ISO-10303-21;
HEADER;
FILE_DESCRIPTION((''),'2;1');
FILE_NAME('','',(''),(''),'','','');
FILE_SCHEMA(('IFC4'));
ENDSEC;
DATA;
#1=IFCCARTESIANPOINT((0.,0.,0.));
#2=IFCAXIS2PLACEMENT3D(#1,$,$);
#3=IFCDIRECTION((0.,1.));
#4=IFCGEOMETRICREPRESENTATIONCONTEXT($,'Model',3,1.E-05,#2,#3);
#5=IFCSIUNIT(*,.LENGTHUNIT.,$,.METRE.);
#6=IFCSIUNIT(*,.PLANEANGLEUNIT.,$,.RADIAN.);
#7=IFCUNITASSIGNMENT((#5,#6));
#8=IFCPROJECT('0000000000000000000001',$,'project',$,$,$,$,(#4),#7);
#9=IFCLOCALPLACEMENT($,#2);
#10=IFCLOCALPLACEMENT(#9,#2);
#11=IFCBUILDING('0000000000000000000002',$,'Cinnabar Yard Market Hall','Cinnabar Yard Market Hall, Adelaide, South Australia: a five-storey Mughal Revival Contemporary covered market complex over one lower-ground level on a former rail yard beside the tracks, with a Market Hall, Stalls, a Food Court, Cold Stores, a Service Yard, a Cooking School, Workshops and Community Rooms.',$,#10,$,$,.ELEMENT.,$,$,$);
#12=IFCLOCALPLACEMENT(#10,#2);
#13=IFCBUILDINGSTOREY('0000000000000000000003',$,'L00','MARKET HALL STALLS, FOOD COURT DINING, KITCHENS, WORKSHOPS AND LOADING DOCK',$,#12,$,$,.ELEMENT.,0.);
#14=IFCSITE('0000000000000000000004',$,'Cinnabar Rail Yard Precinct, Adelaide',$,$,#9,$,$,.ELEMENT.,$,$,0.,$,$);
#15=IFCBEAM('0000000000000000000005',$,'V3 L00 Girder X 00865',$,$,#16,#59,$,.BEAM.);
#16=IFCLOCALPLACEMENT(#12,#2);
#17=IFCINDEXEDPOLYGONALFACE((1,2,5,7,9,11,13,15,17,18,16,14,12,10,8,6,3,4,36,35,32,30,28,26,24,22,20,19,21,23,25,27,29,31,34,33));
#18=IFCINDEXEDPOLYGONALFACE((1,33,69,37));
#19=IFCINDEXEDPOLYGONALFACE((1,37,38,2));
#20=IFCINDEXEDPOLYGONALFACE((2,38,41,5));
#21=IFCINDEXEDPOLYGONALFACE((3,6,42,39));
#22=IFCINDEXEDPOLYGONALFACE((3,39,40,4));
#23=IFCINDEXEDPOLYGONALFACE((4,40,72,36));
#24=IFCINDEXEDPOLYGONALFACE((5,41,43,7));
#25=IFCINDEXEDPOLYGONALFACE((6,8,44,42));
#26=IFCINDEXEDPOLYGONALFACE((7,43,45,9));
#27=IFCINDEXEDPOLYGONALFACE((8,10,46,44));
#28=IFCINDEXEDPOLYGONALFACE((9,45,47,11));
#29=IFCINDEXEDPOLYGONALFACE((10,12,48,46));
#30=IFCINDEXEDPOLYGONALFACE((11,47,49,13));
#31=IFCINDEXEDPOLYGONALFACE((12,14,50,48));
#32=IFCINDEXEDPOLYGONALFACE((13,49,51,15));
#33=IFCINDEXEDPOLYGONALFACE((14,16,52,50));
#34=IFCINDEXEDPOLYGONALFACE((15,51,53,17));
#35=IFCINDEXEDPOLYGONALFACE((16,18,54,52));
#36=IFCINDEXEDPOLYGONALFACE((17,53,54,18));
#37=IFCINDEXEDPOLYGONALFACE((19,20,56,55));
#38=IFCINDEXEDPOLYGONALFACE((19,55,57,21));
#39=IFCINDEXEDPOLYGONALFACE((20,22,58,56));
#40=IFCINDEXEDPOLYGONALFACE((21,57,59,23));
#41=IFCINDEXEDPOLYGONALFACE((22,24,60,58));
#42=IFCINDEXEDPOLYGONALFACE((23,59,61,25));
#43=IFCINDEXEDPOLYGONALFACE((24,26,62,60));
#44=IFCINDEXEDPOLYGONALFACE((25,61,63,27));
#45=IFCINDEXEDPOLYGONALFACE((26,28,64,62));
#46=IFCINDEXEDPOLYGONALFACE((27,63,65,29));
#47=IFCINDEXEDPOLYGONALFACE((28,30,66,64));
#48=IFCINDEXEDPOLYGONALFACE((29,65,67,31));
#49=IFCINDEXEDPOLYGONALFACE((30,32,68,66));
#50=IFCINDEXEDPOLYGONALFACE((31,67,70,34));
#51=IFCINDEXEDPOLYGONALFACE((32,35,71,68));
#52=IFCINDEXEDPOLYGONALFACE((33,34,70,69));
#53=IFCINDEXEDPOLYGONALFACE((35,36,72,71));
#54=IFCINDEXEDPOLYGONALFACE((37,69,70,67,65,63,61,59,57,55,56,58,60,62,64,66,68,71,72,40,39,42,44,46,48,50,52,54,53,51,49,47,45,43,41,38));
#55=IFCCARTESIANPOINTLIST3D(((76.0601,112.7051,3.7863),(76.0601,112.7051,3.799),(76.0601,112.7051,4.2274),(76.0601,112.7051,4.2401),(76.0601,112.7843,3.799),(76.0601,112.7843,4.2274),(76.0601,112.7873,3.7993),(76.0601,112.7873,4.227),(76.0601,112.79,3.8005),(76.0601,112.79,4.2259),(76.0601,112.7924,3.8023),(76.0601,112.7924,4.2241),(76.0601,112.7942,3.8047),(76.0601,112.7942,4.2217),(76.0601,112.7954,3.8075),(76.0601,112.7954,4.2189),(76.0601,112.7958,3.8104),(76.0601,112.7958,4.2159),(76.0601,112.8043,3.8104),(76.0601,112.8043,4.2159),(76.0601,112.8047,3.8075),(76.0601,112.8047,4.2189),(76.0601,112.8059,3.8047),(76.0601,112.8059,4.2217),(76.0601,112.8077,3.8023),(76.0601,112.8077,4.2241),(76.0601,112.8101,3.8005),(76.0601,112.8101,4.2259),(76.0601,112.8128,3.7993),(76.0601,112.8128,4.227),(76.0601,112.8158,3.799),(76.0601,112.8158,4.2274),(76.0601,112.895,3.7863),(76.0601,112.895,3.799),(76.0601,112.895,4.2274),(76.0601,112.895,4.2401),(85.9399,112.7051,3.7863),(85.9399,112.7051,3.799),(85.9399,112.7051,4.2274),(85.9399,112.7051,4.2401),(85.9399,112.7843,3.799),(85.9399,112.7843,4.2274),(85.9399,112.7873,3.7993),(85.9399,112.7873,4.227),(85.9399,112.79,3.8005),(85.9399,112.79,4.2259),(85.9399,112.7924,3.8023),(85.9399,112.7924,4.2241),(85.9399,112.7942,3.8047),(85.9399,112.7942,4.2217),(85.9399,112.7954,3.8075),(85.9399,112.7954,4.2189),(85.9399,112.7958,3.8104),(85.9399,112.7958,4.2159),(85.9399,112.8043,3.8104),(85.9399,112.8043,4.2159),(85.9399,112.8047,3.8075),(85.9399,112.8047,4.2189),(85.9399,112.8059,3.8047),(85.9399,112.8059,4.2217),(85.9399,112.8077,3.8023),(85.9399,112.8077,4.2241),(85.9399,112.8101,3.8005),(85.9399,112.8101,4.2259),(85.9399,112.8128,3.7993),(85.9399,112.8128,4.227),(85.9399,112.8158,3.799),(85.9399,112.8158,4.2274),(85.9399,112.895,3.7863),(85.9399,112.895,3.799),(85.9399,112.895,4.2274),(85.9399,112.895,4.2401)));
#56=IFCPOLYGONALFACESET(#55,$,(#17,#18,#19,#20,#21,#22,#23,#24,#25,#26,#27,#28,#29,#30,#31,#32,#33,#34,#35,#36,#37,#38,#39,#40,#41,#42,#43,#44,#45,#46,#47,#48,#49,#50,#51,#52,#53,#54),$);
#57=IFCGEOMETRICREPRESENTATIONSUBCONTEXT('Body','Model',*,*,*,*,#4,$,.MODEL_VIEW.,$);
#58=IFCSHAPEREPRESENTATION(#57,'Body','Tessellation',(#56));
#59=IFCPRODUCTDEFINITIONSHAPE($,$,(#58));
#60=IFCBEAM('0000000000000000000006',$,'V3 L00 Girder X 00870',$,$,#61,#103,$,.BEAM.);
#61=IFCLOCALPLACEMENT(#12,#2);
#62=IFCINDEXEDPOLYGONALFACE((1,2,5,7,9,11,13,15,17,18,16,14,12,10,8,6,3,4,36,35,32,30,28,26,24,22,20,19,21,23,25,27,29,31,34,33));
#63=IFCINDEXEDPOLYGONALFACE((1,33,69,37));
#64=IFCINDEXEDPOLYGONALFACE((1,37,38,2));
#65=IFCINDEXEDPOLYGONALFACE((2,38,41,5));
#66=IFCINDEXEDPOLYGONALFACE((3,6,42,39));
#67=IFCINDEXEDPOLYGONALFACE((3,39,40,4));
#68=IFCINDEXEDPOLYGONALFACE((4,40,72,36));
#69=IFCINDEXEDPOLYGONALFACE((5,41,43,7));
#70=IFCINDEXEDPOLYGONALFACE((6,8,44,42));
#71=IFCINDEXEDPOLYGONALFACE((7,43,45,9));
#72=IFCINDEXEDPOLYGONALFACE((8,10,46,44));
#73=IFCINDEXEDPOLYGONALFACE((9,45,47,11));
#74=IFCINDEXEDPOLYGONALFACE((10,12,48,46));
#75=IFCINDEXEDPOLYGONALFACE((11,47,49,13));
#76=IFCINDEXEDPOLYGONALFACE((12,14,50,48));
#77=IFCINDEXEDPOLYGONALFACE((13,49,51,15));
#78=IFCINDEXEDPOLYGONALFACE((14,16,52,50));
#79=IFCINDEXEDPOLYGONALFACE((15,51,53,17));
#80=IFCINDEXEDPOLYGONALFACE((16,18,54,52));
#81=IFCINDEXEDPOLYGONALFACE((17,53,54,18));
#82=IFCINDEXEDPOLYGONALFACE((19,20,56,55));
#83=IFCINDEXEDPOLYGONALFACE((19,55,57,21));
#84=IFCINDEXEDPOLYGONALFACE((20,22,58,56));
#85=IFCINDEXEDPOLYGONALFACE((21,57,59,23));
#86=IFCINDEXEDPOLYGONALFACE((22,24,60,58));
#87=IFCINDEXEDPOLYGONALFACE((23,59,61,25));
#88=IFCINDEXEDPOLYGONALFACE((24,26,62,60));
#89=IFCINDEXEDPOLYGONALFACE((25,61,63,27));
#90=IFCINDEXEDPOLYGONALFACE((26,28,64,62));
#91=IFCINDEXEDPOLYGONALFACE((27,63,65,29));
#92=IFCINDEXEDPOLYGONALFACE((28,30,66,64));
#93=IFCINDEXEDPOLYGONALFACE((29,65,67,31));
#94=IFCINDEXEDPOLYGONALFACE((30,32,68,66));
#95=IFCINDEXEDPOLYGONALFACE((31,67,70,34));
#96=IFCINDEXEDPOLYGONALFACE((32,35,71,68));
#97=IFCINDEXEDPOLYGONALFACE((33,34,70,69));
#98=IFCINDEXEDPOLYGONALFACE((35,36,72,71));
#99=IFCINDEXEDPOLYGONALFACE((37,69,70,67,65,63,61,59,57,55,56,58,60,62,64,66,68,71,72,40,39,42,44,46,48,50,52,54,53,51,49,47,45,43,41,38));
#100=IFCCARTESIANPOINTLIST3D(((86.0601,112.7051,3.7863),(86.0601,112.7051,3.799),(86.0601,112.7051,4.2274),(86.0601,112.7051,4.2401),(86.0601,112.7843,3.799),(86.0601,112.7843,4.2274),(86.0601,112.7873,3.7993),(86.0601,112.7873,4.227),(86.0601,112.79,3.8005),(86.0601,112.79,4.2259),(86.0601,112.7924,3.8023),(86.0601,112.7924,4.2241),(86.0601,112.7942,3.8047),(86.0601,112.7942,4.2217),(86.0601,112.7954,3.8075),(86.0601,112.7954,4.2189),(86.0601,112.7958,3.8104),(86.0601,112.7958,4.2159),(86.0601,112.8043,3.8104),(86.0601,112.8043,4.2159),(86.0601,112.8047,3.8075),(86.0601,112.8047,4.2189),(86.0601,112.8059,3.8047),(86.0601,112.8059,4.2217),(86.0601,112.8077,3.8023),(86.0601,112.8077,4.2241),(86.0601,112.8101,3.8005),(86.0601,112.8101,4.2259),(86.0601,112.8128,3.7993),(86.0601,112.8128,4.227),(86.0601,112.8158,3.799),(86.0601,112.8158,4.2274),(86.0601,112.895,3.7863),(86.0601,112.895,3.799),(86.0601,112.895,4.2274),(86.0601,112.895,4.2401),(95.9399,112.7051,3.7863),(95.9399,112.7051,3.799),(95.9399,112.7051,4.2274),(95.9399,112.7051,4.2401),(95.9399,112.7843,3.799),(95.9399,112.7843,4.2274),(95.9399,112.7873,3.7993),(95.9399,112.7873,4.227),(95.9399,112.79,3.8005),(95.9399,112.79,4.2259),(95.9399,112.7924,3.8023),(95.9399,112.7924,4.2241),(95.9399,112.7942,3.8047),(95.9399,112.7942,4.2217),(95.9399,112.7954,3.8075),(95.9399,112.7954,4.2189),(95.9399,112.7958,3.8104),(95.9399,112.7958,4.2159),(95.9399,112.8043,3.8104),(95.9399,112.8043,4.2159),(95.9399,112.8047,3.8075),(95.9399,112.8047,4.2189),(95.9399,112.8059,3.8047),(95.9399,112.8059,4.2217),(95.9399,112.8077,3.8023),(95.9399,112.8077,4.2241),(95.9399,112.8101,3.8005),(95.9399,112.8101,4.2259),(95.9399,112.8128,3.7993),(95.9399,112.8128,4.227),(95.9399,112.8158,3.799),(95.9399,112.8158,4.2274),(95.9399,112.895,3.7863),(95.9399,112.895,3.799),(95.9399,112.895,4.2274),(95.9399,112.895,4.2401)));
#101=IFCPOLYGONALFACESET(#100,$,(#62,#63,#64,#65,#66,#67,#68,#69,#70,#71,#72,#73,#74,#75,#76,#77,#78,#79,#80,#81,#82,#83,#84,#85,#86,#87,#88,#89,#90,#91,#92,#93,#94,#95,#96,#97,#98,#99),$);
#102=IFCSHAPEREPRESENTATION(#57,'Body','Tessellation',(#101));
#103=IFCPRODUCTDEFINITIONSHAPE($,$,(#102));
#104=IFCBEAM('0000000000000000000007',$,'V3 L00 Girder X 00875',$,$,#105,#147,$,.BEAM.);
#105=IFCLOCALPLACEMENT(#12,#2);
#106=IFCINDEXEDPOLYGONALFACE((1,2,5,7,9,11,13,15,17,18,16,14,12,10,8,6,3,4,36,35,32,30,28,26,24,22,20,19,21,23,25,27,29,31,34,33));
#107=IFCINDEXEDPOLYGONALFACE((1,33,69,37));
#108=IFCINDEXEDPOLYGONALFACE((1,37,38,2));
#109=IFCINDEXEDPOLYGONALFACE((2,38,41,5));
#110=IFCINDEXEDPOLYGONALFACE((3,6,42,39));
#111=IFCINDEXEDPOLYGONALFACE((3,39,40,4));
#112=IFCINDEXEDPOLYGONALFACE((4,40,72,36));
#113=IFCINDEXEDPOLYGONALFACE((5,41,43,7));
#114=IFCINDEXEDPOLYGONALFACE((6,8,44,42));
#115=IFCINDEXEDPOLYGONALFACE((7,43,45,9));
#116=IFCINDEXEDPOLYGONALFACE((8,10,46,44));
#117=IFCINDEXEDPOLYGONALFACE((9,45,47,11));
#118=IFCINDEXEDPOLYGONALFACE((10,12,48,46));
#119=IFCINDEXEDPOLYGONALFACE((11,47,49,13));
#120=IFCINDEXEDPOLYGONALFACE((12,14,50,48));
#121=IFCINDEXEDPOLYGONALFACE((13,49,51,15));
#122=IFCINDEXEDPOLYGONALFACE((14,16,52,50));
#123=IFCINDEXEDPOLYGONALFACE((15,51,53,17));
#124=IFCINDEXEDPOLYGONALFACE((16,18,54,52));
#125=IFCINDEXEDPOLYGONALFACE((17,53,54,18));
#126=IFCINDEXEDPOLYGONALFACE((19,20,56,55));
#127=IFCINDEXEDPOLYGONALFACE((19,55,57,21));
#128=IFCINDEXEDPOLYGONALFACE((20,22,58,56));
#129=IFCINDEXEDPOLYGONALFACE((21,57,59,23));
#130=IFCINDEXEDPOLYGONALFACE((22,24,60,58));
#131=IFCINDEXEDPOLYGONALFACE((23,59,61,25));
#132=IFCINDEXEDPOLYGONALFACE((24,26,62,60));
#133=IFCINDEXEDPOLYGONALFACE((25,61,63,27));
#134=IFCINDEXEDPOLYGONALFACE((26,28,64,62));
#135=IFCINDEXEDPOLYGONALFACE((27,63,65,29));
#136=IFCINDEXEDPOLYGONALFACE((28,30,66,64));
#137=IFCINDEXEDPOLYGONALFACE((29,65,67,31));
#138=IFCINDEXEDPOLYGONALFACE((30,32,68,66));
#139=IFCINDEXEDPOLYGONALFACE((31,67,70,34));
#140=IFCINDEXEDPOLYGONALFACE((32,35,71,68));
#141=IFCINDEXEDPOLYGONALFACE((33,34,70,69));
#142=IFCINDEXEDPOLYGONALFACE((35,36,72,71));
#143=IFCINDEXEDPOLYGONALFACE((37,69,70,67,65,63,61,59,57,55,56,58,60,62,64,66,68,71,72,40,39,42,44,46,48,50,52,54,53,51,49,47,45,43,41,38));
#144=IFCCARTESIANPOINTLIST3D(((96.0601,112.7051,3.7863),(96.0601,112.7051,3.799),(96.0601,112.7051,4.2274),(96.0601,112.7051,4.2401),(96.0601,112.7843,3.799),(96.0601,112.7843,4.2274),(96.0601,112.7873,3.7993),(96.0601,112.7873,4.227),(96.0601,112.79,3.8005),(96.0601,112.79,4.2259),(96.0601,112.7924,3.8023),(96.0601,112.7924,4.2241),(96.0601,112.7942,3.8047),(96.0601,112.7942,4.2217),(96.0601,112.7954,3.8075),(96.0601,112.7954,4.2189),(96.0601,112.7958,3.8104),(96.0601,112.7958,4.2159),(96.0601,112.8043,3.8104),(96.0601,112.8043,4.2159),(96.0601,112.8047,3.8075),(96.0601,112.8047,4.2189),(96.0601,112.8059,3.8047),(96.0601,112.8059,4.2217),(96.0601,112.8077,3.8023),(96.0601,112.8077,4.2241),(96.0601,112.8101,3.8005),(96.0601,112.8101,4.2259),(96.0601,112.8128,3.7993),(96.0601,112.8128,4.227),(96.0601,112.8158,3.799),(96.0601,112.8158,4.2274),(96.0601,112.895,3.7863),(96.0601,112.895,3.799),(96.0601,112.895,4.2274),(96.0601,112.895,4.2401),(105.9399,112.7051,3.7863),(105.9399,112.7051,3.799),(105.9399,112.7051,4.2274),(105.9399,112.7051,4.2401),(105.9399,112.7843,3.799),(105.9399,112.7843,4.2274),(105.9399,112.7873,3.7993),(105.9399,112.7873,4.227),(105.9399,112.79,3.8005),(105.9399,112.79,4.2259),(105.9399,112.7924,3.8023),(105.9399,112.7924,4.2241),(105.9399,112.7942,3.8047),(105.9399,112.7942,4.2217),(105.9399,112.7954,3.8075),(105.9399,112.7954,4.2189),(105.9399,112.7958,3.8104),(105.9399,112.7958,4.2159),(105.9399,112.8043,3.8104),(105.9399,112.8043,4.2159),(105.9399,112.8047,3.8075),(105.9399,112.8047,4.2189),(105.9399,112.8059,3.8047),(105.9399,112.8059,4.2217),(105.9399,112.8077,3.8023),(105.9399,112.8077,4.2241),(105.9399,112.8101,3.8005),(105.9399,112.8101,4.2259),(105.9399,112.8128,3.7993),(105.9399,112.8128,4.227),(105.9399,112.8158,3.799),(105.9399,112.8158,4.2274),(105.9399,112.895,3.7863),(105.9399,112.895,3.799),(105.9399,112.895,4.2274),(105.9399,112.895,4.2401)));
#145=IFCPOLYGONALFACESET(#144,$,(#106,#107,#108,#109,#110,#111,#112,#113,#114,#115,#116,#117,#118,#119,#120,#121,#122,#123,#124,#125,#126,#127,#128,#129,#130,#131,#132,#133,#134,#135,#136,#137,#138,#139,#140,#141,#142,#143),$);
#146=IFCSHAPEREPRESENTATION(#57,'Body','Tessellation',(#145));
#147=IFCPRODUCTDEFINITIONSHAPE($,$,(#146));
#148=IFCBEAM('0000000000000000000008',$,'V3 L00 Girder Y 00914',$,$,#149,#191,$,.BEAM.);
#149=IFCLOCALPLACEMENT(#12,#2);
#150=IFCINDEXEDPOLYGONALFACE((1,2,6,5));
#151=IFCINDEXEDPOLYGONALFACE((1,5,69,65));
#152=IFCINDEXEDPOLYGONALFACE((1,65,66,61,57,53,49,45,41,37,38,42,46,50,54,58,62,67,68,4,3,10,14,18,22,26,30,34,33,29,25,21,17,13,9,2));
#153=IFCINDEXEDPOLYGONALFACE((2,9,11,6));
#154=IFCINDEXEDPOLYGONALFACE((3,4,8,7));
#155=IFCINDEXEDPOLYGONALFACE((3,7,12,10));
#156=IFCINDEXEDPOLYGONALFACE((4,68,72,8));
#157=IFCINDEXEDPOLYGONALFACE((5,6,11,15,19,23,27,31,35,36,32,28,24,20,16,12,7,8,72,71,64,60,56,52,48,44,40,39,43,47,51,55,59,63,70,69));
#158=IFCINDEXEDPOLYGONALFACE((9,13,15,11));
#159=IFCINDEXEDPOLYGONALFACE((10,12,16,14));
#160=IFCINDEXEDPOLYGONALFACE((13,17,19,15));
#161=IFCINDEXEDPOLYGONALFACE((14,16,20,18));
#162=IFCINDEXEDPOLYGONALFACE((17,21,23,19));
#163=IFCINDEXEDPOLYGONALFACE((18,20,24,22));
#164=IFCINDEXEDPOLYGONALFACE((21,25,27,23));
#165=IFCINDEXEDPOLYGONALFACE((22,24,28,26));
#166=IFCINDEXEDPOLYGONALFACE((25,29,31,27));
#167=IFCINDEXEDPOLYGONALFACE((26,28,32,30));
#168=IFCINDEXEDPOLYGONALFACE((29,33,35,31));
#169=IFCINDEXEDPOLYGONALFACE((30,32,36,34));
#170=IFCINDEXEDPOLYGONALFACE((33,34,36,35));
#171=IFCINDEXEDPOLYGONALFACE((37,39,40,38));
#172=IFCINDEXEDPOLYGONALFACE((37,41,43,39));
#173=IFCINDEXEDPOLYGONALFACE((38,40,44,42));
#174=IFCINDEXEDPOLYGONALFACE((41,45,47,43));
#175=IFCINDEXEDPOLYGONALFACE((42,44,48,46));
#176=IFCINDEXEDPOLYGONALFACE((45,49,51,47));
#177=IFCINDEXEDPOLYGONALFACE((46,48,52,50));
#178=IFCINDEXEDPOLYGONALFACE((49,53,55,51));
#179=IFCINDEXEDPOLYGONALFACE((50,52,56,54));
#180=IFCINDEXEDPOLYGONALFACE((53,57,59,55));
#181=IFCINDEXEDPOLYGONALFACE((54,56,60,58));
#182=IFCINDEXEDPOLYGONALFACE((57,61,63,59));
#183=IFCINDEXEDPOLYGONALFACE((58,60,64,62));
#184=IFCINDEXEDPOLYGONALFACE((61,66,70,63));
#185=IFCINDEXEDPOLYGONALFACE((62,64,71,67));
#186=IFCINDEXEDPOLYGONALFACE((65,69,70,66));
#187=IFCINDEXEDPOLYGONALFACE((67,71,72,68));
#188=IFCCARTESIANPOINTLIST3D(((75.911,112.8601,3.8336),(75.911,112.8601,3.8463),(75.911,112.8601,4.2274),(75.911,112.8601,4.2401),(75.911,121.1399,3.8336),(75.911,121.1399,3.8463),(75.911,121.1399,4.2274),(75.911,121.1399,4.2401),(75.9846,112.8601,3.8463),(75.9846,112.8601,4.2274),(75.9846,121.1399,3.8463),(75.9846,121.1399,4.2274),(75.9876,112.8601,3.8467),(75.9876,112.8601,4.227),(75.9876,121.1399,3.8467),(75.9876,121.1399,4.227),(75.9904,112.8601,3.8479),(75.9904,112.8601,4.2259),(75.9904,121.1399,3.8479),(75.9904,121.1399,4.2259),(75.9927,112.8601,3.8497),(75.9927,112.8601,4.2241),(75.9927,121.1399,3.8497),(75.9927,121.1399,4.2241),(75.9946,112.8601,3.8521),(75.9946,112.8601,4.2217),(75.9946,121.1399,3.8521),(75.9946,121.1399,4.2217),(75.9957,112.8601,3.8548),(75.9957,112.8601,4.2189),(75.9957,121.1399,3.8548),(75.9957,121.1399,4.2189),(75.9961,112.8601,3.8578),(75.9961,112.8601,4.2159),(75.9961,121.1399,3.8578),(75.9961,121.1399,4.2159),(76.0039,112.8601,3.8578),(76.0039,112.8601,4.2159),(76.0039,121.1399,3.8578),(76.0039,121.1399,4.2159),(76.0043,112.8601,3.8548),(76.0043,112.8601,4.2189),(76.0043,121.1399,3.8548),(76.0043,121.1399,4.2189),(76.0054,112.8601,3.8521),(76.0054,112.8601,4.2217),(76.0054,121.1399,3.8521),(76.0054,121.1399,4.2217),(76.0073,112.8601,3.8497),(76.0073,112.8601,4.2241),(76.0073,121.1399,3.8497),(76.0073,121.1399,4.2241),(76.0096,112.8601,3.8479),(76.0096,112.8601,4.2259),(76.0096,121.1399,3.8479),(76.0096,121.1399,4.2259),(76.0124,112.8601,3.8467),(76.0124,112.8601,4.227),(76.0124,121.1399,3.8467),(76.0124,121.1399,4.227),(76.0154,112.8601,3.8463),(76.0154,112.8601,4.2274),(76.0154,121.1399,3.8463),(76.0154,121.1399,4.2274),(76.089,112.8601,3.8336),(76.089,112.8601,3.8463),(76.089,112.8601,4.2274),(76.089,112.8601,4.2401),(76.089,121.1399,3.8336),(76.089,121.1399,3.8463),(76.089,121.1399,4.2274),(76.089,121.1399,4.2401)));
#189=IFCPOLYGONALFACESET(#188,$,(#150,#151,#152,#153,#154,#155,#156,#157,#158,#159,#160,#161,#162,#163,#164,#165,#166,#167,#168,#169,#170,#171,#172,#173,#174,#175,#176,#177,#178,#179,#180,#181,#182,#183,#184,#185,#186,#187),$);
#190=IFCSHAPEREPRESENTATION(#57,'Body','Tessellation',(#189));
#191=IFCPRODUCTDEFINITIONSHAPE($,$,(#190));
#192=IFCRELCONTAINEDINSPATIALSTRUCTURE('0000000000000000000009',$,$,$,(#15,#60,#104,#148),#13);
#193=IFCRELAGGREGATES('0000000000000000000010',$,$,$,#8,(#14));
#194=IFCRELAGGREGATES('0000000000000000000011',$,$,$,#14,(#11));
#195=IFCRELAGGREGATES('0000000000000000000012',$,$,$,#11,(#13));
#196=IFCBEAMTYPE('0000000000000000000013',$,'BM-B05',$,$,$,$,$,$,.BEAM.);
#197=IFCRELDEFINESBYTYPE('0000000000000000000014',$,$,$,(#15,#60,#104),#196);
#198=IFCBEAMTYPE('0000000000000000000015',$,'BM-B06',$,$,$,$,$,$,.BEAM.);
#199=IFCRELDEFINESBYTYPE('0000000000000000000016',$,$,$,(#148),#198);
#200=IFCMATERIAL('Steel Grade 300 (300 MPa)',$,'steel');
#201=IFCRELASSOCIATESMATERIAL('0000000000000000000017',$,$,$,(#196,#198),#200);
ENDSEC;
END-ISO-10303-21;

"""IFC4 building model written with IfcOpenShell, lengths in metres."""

from ifc_helpers import new_model, si_unit, direction, frame, origin, origin_2d_with_axis, place, context, subcontext, project, spatial, i_section, extrude, material, material_profile, profile_set, type_object, element, save


model = new_model("IFC4")

# Units and contexts
model_context = context("Model", 3, precision=1e-05, world=origin(), true_north=direction((0.0, 1.0)))
body_context = subcontext(model_context, "Body", "Model", "MODEL_VIEW")
ifc_project = project(units=[si_unit("LENGTHUNIT", "METRE"), si_unit("PLANEANGLEUNIT", "RADIAN")], contexts=[model_context])

# Site, building, storey
site_placement = place(None, origin())
site = spatial("IfcSite", under=ifc_project, at=site_placement, Name="Cinnabar Rail Yard Precinct, Adelaide", CompositionType="ELEMENT", RefElevation=0.0)
building_placement = place(site_placement, origin())
building = spatial("IfcBuilding", under=site, at=building_placement, Name="Cinnabar Yard Market Hall", Description="Cinnabar Yard Market Hall, Adelaide, South Australia: a five-storey Mughal Revival Contemporary covered market complex over one lower-ground level on a former rail yard beside the tracks, with a Market Hall, Stalls, a Food Court, Cold Stores, a Service Yard, a Cooking School, Workshops and Community Rooms.", CompositionType="ELEMENT")
storey_placement = place(building_placement, origin())
storey = spatial("IfcBuildingStorey", under=building, at=storey_placement, Name="L00", Description="MARKET HALL STALLS, FOOD COURT DINING, KITCHENS, WORKSHOPS AND LOADING DOCK", CompositionType="ELEMENT", Elevation=0.0)

# Shared definitions
ifc_material_1 = material(Name="Steel Grade 300 (300 MPa)", Category="steel")

# Beams
ifc_material_profile_1 = material_profile(ifc_material_1, i_section(OverallWidth=0.1899, OverallDepth=0.4539, WebThickness=0.0085, FlangeThickness=0.0127, FilletRadius=0.0115, at=origin_2d_with_axis()), Name="460UB67.1")
ifc_profile_set_1 = profile_set([ifc_material_profile_1], Name="Steel Grade 300 (300 MPa)")
beam_type_1 = type_object("IfcBeamType", Name="BM-B05", PredefinedType="BEAM", material=ifc_profile_set_1)
for number, where, z_axis, x_axis, name in (
    (1, (76.0601, 112.8, 4.0132), (1.0, 0.0, 0.0), (0.0, 1.0, 0.0), "V3 L00 Girder X 00865"),
    (2, (86.0601, 112.8, 4.0132), (1.0, 0.0, 0.0), (0.0, 1.0, 0.0), "V3 L00 Girder X 00870"),
    (3, (96.0601, 112.8, 4.0132), (1.0, 0.0, 0.0), (0.0, 1.0, 0.0), "V3 L00 Girder X 00875"),
):
    element("IfcBeam", number, at=place(storey_placement, frame(where, z_axis=z_axis, x_axis=x_axis)), inside=storey, type_object=beam_type_1, Name=name, PredefinedType="BEAM", context=body_context, shape_type="SweptSolid", body=[
        extrude(i_section(OverallWidth=0.1899, OverallDepth=0.4539, WebThickness=0.0085, FlangeThickness=0.0127, FilletRadius=0.0115, at=origin_2d_with_axis()), origin(), (0.0, 0.0, 1.0), 9.8799),
    ])
ifc_material_profile_2 = material_profile(ifc_material_1, i_section(OverallWidth=0.178, OverallDepth=0.4065, WebThickness=0.0078, FlangeThickness=0.0127, FilletRadius=0.0115, at=origin_2d_with_axis()), Name="410UB59.7")
ifc_profile_set_2 = profile_set([ifc_material_profile_2], Name="Steel Grade 300 (300 MPa)")
beam_type_2 = type_object("IfcBeamType", Name="BM-B06", PredefinedType="BEAM", material=ifc_profile_set_2)
for number, where, z_axis, x_axis, name in (
    (4, (76.0, 112.8601, 4.0369), (0.0, 1.0, 0.0), (-1.0, 0.0, 0.0), "V3 L00 Girder Y 00914"),
):
    element("IfcBeam", number, at=place(storey_placement, frame(where, z_axis=z_axis, x_axis=x_axis)), inside=storey, type_object=beam_type_2, Name=name, PredefinedType="BEAM", context=body_context, shape_type="SweptSolid", body=[
        extrude(i_section(OverallWidth=0.178, OverallDepth=0.4065, WebThickness=0.0078, FlangeThickness=0.0127, FilletRadius=0.0115, at=origin_2d_with_axis()), origin(), (0.0, 0.0, 1.0), 8.2798),
    ])

save(model, "model.ifc")
